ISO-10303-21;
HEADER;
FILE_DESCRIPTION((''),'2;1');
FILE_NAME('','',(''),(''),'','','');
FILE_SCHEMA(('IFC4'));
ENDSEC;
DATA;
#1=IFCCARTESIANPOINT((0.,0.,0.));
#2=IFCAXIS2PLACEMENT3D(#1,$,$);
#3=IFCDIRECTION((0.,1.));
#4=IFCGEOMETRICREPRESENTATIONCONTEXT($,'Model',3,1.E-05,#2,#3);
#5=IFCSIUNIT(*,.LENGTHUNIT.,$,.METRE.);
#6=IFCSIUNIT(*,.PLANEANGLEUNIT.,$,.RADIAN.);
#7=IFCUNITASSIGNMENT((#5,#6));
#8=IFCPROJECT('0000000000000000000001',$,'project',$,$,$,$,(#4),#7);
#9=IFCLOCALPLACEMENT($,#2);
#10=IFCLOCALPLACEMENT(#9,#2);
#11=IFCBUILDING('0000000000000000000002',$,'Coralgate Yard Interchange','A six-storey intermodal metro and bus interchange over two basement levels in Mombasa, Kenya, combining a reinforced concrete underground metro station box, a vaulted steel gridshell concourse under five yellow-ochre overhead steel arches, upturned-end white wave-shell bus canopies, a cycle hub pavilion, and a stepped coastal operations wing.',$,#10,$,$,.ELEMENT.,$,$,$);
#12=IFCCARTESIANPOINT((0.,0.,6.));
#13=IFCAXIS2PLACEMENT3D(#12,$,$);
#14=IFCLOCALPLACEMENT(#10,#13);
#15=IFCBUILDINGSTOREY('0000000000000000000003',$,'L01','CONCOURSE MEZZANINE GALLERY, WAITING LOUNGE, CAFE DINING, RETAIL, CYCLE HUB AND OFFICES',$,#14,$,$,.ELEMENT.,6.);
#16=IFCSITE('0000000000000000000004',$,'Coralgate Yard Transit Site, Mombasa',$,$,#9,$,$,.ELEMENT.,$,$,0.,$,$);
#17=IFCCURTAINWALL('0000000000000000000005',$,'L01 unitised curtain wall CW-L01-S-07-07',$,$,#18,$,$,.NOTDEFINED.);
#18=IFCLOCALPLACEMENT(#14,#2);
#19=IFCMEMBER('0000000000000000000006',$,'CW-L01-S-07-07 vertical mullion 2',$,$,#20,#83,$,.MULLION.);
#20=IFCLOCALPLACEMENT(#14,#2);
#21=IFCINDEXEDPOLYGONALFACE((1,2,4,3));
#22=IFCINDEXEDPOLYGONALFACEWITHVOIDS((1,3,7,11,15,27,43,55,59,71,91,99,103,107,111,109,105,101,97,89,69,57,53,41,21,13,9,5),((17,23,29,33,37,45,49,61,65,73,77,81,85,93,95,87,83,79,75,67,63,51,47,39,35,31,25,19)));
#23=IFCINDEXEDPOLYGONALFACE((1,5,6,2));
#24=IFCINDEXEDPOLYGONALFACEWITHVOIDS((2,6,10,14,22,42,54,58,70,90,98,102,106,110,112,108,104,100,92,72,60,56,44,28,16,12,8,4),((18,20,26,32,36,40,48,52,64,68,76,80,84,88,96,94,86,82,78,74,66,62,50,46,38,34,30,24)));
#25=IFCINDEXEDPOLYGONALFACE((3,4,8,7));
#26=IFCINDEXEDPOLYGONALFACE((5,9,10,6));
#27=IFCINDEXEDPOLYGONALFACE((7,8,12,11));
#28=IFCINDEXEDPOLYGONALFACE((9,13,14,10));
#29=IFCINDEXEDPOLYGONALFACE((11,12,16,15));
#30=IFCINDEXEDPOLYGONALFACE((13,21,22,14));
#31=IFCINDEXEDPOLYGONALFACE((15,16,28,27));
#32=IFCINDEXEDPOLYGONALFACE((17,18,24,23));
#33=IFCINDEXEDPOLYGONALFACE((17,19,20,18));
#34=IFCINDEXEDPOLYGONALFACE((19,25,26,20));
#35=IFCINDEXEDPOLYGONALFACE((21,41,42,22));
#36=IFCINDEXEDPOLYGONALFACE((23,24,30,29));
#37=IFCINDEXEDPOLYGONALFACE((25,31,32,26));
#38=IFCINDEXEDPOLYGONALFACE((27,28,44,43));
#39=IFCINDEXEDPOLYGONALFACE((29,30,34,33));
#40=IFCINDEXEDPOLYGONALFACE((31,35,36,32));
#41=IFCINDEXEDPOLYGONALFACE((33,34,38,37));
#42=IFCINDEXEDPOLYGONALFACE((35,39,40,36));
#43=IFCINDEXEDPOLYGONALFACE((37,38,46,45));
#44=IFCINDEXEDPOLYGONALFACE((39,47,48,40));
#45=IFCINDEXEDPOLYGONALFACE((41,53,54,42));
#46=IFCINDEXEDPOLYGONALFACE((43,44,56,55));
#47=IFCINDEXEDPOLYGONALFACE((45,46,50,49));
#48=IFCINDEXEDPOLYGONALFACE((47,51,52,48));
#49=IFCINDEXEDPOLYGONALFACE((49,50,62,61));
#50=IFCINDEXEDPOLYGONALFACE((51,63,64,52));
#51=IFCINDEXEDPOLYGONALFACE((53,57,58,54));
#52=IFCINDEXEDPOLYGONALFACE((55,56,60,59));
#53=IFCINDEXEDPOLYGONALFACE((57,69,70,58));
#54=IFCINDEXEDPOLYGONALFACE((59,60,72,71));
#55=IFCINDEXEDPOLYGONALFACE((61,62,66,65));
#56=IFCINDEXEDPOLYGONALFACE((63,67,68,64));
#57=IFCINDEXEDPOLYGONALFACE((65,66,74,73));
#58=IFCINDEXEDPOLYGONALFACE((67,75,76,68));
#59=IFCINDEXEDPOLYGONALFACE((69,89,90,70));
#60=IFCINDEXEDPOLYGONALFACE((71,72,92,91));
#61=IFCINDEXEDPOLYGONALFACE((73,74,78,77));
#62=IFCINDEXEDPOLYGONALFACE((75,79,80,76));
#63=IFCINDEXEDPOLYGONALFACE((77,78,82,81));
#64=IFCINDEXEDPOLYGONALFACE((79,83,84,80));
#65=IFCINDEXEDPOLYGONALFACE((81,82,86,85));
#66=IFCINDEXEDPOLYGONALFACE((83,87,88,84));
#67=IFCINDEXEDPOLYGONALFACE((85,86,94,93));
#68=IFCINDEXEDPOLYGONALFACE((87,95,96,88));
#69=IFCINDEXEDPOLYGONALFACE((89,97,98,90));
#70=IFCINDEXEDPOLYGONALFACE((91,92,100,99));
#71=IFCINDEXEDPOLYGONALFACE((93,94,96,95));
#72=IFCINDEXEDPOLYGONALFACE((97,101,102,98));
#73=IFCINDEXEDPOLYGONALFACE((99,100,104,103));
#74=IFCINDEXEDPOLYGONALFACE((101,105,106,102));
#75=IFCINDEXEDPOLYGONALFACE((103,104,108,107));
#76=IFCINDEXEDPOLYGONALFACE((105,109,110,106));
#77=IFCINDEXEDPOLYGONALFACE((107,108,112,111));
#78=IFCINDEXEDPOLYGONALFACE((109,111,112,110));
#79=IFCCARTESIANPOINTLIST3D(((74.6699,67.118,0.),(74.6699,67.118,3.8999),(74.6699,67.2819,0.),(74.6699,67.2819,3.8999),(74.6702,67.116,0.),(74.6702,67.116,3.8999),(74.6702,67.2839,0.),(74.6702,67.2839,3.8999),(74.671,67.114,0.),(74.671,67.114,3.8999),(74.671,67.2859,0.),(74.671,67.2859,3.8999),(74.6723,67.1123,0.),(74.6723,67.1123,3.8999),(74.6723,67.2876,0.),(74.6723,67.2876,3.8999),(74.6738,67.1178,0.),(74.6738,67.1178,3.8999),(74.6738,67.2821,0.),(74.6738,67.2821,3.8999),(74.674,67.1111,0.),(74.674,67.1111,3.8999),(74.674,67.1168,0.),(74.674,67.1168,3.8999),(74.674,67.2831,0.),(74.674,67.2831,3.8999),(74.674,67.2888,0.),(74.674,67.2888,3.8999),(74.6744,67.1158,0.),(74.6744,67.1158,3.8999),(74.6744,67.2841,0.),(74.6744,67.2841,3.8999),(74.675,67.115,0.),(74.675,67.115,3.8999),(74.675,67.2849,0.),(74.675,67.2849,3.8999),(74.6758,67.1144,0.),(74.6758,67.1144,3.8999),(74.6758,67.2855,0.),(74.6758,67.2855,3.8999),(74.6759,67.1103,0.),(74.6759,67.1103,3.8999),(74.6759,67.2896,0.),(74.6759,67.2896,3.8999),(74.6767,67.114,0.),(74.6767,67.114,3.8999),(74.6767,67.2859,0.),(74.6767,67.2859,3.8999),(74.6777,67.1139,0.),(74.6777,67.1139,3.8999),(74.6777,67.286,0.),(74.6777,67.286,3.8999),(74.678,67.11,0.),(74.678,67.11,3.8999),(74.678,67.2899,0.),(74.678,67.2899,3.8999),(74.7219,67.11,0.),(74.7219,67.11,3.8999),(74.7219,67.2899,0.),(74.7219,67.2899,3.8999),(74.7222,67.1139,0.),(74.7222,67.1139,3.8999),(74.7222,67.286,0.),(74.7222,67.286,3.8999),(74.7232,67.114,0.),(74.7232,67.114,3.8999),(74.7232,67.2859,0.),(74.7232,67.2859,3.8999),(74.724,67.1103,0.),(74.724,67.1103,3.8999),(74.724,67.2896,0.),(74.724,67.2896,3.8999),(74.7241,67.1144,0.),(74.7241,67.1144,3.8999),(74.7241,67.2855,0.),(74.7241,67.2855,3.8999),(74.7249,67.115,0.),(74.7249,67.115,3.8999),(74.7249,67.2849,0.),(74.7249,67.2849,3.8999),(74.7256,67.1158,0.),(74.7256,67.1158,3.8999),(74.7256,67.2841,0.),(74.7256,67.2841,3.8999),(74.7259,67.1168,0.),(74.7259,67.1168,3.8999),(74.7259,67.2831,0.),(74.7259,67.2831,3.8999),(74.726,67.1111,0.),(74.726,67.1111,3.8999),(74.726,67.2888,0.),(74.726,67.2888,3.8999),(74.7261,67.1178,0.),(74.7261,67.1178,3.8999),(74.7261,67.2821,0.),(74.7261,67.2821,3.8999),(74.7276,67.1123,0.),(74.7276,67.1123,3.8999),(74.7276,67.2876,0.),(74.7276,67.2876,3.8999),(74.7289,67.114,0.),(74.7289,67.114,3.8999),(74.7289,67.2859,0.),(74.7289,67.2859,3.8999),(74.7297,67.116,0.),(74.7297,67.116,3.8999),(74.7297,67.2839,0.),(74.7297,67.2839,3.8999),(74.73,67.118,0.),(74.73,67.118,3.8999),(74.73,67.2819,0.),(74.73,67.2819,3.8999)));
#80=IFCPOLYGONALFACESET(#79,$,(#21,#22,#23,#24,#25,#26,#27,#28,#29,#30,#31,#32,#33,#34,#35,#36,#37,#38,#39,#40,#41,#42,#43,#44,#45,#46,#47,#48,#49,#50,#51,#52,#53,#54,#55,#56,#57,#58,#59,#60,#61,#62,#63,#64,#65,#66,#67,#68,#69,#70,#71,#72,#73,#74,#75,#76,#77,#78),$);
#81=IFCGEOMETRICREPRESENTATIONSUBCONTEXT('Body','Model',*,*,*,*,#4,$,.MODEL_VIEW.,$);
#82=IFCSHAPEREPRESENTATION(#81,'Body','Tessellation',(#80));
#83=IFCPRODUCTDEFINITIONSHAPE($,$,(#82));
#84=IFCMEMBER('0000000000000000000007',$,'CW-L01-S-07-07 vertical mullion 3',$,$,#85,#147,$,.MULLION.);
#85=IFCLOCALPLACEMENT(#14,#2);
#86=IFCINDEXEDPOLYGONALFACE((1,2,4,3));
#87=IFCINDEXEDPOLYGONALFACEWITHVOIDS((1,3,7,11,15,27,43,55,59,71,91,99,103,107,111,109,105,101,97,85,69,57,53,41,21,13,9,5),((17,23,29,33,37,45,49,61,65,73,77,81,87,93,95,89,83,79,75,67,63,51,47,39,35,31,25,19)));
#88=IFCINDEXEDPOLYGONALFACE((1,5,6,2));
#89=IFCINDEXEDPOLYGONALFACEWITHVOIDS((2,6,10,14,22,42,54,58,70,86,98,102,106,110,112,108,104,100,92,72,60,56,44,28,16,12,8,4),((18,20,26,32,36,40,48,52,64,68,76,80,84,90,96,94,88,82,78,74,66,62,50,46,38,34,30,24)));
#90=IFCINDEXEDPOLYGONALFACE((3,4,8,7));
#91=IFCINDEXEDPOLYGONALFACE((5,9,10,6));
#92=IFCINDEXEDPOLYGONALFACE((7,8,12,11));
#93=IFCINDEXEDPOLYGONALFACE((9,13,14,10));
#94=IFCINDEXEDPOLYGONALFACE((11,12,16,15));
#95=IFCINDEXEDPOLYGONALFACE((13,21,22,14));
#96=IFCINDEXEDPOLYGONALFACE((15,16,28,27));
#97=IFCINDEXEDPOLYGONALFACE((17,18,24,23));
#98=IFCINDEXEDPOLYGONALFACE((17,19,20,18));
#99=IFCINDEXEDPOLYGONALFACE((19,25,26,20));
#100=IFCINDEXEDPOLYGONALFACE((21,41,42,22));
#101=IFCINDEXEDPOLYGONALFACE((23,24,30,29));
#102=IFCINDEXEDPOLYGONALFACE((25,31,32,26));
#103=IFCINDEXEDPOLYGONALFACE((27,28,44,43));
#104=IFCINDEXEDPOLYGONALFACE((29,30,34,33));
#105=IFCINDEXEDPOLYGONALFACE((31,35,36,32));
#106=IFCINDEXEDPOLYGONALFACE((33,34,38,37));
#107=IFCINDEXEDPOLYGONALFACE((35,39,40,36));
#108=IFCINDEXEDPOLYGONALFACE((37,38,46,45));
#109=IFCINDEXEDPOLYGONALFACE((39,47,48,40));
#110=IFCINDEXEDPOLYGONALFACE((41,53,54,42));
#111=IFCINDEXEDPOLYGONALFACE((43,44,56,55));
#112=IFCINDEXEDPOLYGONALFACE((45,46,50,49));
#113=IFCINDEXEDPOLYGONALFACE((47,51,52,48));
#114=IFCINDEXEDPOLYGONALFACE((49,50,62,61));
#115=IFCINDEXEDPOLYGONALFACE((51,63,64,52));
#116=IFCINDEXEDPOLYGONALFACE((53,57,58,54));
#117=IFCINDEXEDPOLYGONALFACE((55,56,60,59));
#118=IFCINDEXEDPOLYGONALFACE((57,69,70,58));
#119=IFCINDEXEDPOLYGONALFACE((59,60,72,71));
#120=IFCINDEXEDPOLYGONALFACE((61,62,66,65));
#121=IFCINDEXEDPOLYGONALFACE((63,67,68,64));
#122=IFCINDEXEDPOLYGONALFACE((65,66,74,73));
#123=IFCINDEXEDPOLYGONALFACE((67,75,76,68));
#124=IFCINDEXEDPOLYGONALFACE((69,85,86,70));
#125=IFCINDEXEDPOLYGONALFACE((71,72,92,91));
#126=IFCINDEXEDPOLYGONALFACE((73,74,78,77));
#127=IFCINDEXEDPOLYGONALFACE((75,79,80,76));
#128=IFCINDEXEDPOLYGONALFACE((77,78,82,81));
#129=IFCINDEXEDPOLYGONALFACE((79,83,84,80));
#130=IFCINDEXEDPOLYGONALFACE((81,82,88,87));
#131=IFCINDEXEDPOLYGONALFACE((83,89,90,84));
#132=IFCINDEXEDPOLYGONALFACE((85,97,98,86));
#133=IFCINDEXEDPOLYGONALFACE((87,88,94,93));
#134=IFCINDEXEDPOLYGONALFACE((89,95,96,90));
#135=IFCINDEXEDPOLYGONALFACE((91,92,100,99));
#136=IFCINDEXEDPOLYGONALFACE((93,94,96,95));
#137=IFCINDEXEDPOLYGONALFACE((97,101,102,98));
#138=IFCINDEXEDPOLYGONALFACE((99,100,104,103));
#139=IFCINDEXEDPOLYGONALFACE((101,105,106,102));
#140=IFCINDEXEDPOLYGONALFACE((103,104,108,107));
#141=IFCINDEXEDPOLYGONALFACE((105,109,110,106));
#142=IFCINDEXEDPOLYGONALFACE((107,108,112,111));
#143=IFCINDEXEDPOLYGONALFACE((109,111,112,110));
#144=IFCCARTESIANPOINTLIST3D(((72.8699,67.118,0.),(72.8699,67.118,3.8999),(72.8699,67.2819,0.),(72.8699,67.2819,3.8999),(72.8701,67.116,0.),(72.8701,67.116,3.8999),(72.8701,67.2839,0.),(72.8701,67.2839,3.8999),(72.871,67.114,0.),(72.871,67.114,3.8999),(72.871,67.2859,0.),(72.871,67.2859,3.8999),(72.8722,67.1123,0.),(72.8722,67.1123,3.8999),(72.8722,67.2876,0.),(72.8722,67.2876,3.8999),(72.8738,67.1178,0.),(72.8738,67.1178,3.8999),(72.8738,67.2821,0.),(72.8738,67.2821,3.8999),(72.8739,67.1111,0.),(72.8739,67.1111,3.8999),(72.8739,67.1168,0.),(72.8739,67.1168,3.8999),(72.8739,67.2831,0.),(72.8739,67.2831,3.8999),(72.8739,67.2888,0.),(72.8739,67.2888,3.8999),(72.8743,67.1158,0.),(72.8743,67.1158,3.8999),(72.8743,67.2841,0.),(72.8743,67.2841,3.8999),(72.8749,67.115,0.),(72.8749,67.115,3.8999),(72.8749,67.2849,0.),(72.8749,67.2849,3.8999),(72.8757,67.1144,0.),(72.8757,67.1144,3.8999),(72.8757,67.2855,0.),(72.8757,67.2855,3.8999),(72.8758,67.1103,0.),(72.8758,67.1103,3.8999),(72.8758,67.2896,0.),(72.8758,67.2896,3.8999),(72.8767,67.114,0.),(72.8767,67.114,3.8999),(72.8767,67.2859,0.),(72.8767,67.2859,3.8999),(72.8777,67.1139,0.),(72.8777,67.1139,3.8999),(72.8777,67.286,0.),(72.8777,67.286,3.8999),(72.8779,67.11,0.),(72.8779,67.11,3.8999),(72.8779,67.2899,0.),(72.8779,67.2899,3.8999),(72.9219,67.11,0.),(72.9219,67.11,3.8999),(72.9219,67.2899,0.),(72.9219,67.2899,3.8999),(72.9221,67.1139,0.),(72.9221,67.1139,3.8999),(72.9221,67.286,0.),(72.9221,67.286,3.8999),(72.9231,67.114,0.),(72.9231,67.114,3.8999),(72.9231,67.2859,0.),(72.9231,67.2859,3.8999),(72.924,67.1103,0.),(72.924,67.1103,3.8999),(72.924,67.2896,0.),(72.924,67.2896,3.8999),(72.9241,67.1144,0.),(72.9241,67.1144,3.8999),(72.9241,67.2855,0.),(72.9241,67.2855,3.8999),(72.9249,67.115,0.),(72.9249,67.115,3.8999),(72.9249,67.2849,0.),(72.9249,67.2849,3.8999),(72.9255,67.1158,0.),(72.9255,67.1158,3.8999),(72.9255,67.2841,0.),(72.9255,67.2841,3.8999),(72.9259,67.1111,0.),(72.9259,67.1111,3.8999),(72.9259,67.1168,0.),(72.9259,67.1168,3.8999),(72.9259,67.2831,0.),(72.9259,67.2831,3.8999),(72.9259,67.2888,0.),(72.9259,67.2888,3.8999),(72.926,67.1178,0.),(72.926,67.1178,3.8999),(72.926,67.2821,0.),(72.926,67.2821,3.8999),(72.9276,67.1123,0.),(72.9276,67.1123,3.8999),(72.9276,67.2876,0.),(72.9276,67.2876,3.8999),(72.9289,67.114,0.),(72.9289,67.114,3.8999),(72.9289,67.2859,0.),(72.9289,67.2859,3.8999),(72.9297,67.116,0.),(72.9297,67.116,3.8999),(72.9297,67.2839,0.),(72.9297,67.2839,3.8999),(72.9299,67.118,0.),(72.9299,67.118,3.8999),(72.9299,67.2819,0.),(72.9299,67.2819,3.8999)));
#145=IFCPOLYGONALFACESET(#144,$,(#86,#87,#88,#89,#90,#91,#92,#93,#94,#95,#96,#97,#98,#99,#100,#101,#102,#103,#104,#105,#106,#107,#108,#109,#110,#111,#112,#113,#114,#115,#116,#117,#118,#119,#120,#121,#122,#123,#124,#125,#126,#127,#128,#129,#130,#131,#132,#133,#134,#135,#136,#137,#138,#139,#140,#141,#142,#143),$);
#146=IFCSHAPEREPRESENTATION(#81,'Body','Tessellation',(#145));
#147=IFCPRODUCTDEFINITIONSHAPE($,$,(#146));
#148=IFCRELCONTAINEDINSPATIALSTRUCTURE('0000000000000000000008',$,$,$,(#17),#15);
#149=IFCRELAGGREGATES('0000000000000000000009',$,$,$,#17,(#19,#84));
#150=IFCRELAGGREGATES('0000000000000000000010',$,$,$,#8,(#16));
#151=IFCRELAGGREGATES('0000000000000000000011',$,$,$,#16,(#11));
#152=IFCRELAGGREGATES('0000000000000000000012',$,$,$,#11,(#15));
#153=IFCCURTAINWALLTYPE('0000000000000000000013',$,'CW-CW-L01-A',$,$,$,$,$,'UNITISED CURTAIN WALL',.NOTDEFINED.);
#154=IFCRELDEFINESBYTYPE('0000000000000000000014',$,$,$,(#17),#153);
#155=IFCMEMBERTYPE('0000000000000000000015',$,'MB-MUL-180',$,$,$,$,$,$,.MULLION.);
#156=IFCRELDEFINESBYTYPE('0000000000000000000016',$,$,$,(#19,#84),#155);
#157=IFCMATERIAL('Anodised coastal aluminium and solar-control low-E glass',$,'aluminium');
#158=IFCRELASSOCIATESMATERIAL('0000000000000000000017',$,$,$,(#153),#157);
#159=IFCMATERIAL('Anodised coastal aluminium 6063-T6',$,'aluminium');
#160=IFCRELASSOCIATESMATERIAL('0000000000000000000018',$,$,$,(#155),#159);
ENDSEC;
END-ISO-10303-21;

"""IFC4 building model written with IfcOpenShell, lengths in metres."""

from ifc_helpers import new_model, si_unit, direction, frame, origin, origin_2d, place, context, subcontext, project, spatial, hollow_rectangle, extrude, material, material_profile, profile_set, type_object, element, aggregate, save


model = new_model("IFC4")

# Units and contexts
model_context = context("Model", 3, precision=1e-05, world=origin(), true_north=direction((0.0, 1.0)))
body_context = subcontext(model_context, "Body", "Model", "MODEL_VIEW")
ifc_project = project(units=[si_unit("LENGTHUNIT", "METRE"), si_unit("PLANEANGLEUNIT", "RADIAN")], contexts=[model_context])

# Site, building, storey
site_placement = place(None, origin())
site = spatial("IfcSite", under=ifc_project, at=site_placement, Name="Coralgate Yard Transit Site, Mombasa", CompositionType="ELEMENT", RefElevation=0.0)
building_placement = place(site_placement, origin())
building = spatial("IfcBuilding", under=site, at=building_placement, Name="Coralgate Yard Interchange", Description="A six-storey intermodal metro and bus interchange over two basement levels in Mombasa, Kenya, combining a reinforced concrete underground metro station box, a vaulted steel gridshell concourse under five yellow-ochre overhead steel arches, upturned-end white wave-shell bus canopies, a cycle hub pavilion, and a stepped coastal operations wing.", CompositionType="ELEMENT")
storey_placement = place(building_placement, frame((0.0, 0.0, 6.0)))
storey = spatial("IfcBuildingStorey", under=building, at=storey_placement, Name="L01", Description="CONCOURSE MEZZANINE GALLERY, WAITING LOUNGE, CAFE DINING, RETAIL, CYCLE HUB AND OFFICES", CompositionType="ELEMENT", Elevation=6.0)

# Curtain wall, members
ifc_material_1 = material(Name="Anodised coastal aluminium and solar-control low-E glass", Category="aluminium")
curtain_wall_type = type_object("IfcCurtainWallType", Name="CW-CW-L01-A", ElementType="UNITISED CURTAIN WALL", PredefinedType="NOTDEFINED", material=ifc_material_1)
curtain_wall_1_placement = place(storey_placement, origin())
curtain_wall_1 = element("IfcCurtainWall", 1, at=curtain_wall_1_placement, inside=storey, type_object=curtain_wall_type, Name="L01 unitised curtain wall CW-L01-S-07-07", PredefinedType="NOTDEFINED")
ifc_material_2 = material(Name="Anodised coastal aluminium 6063-T6", Category="aluminium")
ifc_material_profile_1 = material_profile(ifc_material_2, hollow_rectangle(XDim=0.0601, YDim=0.1799, WallThickness=0.0039, InnerFilletRadius=0.0039, OuterFilletRadius=0.0081, at=origin_2d()), Name="ALU 60x180x4")
ifc_profile_set_1 = profile_set([ifc_material_profile_1], Name="Anodised coastal aluminium 6063-T6")
member_type_1 = type_object("IfcMemberType", Name="MB-MUL-180", PredefinedType="MULLION", material=ifc_profile_set_1)
member_1_placement = place(storey_placement, frame((74.7, 67.2, 0.0), z_axis=(0.0, 0.0, 1.0), x_axis=(1.0, 0.0, 0.0)))
member_1 = element("IfcMember", 2, at=member_1_placement, type_object=member_type_1, Name="CW-L01-S-07-07 vertical mullion 2", PredefinedType="MULLION", context=body_context, shape_type="SweptSolid", body=[
    extrude(hollow_rectangle(XDim=0.0601, YDim=0.1799, WallThickness=0.0039, InnerFilletRadius=0.0039, OuterFilletRadius=0.0081, at=origin_2d()), origin(), (0.0, 0.0, 1.0), 3.8999),
])
member_2_placement = place(storey_placement, frame((72.8999, 67.2, 0.0), z_axis=(0.0, 0.0, 1.0), x_axis=(1.0, 0.0, 0.0)))
member_2 = element("IfcMember", 3, at=member_2_placement, type_object=member_type_1, Name="CW-L01-S-07-07 vertical mullion 3", PredefinedType="MULLION", context=body_context, shape_type="SweptSolid", body=[
    extrude(hollow_rectangle(XDim=0.0601, YDim=0.1799, WallThickness=0.0039, InnerFilletRadius=0.0039, OuterFilletRadius=0.0081, at=origin_2d()), origin(), (0.0, 0.0, 1.0), 3.8999),
])

aggregate(curtain_wall_1, [member_1, member_2])

save(model, "model.ifc")
